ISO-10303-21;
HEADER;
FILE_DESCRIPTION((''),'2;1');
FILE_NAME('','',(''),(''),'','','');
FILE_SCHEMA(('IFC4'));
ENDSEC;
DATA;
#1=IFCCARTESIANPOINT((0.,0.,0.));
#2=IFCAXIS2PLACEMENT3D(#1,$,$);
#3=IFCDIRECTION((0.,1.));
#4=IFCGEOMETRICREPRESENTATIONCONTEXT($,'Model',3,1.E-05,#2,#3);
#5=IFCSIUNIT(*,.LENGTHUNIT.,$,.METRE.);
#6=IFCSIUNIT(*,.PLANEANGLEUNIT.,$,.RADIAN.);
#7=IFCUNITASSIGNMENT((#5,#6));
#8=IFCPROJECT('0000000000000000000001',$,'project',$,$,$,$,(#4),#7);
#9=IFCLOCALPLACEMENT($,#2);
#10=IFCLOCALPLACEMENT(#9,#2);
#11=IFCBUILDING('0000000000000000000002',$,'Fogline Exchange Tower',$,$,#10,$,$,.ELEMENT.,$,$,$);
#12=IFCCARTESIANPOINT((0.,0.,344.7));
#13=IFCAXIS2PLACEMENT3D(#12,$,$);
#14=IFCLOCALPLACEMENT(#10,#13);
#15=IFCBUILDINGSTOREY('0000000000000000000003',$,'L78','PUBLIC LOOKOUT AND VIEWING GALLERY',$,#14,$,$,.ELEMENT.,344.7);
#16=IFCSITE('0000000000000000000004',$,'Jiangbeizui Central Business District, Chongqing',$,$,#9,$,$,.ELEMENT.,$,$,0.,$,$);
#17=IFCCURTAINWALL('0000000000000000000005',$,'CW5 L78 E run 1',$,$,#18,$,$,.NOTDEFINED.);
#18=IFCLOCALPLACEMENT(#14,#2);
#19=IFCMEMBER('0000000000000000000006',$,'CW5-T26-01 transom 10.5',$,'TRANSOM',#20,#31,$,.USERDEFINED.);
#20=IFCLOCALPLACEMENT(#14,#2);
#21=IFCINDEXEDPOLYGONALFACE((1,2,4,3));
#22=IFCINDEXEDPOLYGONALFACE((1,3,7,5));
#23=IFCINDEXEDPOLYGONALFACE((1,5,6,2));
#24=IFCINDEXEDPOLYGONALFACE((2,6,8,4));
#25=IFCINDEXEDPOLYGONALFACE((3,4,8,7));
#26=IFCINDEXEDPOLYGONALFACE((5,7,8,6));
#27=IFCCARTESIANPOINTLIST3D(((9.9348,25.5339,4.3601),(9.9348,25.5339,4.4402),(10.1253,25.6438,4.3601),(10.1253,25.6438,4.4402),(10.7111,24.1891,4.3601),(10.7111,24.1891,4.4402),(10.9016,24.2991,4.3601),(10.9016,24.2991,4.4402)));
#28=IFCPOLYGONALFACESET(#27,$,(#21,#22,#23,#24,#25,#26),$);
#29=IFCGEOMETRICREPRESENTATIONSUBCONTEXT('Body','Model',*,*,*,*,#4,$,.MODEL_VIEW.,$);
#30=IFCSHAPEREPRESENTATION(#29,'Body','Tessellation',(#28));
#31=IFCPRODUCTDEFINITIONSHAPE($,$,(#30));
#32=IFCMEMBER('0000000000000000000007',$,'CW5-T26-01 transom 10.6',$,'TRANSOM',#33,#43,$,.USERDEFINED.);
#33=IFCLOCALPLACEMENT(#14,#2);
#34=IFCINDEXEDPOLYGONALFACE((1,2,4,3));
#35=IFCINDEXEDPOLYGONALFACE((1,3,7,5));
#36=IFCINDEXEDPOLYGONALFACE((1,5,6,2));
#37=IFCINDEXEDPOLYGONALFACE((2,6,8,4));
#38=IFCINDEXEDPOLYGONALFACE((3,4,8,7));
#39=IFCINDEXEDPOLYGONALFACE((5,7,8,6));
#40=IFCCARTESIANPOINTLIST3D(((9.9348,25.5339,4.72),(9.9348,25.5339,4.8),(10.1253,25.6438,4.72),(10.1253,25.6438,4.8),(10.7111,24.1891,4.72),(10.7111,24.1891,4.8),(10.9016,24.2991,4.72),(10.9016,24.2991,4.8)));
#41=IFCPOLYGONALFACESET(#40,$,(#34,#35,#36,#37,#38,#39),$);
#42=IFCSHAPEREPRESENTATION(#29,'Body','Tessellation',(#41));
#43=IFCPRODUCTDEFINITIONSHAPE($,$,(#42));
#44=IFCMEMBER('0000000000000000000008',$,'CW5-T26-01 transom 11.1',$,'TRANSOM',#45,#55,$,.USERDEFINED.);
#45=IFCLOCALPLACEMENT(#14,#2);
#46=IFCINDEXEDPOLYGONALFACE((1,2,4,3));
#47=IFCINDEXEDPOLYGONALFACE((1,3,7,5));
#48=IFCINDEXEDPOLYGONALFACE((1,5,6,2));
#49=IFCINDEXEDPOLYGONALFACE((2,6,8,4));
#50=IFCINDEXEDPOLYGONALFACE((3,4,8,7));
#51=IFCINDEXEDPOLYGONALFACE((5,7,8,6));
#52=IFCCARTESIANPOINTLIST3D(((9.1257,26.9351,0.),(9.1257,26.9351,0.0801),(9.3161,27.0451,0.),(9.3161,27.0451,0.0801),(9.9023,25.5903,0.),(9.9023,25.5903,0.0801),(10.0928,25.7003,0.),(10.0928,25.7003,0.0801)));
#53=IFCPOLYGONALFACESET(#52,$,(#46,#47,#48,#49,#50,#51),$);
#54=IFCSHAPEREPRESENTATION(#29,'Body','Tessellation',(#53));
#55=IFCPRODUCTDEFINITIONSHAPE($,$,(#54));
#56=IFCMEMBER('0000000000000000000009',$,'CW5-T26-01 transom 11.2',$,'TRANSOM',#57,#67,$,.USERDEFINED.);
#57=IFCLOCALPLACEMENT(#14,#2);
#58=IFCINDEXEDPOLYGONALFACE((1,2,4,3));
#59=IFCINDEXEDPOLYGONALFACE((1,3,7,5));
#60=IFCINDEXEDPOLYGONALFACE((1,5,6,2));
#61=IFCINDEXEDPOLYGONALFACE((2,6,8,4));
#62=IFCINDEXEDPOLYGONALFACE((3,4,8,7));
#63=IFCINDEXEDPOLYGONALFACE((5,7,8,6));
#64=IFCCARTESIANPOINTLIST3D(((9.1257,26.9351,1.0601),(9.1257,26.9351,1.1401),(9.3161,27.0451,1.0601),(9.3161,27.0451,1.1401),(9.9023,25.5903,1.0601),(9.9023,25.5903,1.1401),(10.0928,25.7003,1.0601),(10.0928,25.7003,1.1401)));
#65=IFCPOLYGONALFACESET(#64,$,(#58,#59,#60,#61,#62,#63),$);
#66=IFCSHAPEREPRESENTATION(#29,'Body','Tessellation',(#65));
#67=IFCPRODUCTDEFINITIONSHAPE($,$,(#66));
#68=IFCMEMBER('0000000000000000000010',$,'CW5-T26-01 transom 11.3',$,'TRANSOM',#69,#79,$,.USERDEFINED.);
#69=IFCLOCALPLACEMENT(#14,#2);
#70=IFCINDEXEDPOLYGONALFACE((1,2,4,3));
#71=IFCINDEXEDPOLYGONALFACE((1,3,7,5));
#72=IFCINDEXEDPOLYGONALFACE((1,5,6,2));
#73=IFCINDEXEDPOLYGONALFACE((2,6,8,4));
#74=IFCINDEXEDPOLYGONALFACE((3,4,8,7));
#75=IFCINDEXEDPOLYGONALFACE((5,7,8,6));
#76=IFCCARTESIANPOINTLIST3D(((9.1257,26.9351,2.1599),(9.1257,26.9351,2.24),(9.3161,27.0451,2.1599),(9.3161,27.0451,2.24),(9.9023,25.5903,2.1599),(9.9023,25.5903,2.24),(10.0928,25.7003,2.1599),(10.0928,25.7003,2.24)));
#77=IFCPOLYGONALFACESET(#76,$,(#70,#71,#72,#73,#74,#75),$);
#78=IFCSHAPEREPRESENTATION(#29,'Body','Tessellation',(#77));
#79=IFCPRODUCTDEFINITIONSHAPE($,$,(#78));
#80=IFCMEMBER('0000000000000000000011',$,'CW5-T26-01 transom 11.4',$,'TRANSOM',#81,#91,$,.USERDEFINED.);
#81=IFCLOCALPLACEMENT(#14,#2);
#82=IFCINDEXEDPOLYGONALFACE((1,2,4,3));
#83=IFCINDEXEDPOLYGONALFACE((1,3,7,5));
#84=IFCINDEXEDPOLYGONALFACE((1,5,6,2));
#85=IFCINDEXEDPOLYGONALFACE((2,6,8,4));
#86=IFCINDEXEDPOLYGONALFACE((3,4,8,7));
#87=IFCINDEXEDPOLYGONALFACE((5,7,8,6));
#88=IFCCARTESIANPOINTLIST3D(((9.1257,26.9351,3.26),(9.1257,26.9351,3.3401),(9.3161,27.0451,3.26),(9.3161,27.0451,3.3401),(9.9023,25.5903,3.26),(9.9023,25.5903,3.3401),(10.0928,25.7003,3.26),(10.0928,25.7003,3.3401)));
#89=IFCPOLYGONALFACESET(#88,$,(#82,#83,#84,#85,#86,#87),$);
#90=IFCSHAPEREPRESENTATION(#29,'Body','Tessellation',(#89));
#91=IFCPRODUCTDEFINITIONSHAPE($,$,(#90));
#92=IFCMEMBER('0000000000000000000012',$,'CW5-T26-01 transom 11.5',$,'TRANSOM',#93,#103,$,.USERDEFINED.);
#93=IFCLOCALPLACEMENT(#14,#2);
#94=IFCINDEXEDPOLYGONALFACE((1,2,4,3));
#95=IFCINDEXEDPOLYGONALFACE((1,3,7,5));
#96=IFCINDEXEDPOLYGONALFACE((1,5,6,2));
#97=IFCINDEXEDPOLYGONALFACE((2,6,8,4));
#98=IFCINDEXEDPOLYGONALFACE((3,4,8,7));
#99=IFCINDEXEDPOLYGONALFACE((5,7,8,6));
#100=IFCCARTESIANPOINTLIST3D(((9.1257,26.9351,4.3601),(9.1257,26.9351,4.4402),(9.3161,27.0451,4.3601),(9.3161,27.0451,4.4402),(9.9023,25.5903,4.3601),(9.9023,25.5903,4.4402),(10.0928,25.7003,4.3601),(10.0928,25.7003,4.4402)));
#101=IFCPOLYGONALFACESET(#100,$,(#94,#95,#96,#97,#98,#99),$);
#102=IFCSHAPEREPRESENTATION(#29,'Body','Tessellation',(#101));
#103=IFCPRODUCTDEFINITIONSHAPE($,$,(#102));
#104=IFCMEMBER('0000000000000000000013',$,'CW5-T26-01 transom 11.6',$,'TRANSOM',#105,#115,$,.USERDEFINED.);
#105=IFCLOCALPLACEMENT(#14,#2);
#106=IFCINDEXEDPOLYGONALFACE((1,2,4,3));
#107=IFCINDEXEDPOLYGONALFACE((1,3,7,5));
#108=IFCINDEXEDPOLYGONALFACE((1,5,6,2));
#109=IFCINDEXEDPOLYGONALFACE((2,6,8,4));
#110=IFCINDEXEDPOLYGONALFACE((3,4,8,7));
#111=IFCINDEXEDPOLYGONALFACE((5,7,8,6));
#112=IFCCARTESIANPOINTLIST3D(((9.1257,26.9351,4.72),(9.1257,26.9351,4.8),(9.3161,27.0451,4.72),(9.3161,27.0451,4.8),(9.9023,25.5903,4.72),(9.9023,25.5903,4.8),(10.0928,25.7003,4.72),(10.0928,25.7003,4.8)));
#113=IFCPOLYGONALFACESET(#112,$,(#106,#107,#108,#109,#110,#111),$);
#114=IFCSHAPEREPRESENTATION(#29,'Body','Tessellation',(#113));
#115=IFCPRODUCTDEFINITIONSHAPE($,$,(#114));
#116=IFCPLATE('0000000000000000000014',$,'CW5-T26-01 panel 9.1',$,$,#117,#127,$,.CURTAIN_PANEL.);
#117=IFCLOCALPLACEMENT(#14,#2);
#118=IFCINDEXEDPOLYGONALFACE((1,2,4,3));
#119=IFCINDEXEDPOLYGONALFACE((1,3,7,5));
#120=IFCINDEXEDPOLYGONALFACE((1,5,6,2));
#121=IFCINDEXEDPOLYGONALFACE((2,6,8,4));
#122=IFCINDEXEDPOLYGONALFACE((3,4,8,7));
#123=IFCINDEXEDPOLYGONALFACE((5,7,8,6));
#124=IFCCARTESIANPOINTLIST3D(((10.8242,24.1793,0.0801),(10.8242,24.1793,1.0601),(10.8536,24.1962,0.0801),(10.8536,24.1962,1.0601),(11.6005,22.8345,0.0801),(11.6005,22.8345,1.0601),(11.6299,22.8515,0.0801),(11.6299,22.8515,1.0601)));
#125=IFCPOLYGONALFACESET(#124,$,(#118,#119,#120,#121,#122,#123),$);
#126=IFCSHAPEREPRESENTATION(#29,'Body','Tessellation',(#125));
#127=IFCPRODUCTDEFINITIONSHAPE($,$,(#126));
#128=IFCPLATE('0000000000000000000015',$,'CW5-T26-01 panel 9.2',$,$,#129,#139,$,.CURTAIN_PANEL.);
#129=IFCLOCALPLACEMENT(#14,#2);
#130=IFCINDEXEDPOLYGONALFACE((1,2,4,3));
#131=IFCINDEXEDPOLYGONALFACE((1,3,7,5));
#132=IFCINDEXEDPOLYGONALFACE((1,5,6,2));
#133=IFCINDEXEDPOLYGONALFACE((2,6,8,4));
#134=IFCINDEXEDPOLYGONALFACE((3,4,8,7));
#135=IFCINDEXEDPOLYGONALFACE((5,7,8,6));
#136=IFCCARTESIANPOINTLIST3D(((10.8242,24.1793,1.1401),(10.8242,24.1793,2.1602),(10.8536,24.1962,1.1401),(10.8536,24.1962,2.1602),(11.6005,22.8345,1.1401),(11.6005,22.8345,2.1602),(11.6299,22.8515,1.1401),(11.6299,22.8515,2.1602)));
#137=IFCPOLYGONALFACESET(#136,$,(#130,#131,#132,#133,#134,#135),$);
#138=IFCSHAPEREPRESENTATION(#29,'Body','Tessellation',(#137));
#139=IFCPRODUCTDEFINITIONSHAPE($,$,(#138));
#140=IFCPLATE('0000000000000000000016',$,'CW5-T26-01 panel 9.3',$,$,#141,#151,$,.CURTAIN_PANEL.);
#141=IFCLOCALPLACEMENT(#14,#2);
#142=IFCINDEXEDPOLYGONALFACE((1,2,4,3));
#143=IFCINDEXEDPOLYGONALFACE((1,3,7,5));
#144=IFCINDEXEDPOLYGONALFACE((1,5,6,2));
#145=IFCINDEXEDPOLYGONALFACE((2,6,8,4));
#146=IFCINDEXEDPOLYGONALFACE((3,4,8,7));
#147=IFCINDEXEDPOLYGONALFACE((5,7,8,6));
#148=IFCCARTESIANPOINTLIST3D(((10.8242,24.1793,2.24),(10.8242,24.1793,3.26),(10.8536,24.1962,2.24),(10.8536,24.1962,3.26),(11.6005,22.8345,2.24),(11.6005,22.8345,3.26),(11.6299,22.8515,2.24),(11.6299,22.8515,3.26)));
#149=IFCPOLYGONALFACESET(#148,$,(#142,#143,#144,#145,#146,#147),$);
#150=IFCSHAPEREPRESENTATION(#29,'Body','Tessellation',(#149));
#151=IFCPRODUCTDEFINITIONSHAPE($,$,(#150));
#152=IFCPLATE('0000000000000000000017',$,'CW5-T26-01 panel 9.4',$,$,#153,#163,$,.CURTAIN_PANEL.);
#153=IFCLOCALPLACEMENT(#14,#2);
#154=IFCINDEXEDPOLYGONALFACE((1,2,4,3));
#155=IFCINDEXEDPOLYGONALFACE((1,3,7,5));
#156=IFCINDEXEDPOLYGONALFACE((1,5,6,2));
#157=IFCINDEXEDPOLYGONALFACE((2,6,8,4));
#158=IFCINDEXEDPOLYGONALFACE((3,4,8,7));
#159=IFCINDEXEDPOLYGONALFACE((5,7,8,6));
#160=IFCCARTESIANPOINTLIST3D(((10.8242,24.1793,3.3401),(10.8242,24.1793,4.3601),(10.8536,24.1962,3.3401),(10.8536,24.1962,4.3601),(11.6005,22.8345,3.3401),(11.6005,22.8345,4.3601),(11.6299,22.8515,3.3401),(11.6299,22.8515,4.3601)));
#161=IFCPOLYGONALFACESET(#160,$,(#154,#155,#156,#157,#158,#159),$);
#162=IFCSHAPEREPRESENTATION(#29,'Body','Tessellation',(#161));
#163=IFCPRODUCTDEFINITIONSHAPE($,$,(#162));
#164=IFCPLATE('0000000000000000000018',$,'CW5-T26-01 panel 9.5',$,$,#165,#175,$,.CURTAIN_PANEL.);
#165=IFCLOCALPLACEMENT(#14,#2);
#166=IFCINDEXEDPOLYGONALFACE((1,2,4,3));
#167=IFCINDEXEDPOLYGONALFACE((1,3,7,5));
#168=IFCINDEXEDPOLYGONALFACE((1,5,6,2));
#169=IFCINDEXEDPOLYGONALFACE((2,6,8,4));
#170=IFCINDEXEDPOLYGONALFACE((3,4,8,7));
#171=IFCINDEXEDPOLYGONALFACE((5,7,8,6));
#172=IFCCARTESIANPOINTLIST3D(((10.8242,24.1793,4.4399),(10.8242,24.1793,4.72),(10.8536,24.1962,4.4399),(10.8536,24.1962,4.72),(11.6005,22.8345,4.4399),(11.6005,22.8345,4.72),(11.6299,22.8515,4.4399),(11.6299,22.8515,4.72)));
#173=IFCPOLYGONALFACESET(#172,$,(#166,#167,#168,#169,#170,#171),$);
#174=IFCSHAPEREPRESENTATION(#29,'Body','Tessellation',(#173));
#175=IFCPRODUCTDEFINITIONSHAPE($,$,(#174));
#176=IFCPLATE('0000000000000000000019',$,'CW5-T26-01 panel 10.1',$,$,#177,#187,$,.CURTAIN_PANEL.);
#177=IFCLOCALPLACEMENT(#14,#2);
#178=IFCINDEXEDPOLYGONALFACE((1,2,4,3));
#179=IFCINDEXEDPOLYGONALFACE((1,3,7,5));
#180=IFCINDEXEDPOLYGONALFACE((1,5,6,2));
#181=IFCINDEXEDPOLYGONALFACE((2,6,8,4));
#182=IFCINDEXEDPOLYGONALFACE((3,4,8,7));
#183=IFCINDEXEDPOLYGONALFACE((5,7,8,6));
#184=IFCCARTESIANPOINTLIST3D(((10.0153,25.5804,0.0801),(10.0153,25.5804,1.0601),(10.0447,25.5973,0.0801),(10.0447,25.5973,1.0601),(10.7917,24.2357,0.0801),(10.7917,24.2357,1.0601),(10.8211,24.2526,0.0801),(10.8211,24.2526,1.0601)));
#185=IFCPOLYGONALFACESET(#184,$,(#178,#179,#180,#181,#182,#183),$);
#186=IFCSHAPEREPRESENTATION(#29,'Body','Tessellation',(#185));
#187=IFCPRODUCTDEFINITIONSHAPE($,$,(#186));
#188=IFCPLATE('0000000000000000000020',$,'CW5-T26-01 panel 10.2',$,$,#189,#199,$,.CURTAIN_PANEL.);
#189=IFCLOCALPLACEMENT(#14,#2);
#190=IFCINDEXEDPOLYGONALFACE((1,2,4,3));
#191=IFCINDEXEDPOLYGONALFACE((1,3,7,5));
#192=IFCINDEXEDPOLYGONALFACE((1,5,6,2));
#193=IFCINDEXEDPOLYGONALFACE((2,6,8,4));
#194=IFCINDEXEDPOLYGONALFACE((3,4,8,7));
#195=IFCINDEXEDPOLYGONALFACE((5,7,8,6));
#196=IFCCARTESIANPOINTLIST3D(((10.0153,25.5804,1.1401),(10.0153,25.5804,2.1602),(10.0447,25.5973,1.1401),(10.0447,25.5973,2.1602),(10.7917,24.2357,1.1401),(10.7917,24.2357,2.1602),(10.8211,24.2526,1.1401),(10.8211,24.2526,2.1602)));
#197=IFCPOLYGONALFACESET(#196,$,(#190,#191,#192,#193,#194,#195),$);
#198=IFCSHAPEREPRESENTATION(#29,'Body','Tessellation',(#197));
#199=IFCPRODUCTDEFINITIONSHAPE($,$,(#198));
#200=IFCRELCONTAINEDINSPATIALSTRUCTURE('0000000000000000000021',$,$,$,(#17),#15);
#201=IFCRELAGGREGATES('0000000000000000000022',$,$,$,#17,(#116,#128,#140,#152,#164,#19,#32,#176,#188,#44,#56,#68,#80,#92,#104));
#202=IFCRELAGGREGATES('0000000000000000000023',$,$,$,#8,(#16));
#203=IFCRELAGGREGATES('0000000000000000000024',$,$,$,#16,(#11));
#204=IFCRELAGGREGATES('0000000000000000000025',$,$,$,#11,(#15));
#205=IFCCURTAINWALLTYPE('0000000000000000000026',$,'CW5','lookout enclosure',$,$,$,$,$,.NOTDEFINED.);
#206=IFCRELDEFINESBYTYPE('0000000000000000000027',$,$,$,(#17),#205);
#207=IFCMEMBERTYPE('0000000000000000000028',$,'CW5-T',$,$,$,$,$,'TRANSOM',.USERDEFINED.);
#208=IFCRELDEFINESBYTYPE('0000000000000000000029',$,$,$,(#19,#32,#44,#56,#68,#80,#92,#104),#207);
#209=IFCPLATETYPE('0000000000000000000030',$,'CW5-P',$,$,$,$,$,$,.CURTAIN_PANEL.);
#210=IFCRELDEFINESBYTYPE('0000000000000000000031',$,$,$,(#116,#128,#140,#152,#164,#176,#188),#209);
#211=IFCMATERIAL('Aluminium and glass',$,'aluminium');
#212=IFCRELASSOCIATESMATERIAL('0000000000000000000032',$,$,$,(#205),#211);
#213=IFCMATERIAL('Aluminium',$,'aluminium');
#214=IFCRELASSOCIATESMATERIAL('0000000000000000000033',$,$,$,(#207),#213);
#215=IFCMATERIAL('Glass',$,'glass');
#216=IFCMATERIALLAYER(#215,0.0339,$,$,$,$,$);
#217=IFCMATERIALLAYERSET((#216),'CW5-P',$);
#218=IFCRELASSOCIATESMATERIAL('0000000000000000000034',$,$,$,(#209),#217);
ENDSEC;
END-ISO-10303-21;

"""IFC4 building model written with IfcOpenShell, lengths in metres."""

from ifc_helpers import new_model, si_unit, direction, frame, origin, origin_2d, place, context, subcontext, project, spatial, rectangle, extrude, material, layer, layer_set, material_profile, profile_set, type_object, element, aggregate, save


model = new_model("IFC4")

# Units and contexts
model_context = context("Model", 3, precision=1e-05, world=origin(), true_north=direction((0.0, 1.0)))
body_context = subcontext(model_context, "Body", "Model", "MODEL_VIEW")
ifc_project = project(units=[si_unit("LENGTHUNIT", "METRE"), si_unit("PLANEANGLEUNIT", "RADIAN")], contexts=[model_context])

# Site, building, storey
site_placement = place(None, origin())
site = spatial("IfcSite", under=ifc_project, at=site_placement, Name="Jiangbeizui Central Business District, Chongqing", CompositionType="ELEMENT", RefElevation=0.0)
building_placement = place(site_placement, origin())
building = spatial("IfcBuilding", under=site, at=building_placement, Name="Fogline Exchange Tower", CompositionType="ELEMENT")
storey_placement = place(building_placement, frame((0.0, 0.0, 344.7)))
storey = spatial("IfcBuildingStorey", under=building, at=storey_placement, Name="L78", Description="PUBLIC LOOKOUT AND VIEWING GALLERY", CompositionType="ELEMENT", Elevation=344.7)

# Curtain wall, members, plates
ifc_material_1 = material(Name="Aluminium and glass", Category="aluminium")
curtain_wall_type = type_object("IfcCurtainWallType", Name="CW5", Description="lookout enclosure", PredefinedType="NOTDEFINED", material=ifc_material_1)
curtain_wall_placement = place(storey_placement, origin())
curtain_wall = element("IfcCurtainWall", 1, at=curtain_wall_placement, inside=storey, type_object=curtain_wall_type, Name="CW5 L78 E run 1", PredefinedType="NOTDEFINED")
ifc_material_2 = material(Name="Aluminium", Category="aluminium")
ifc_material_profile_1 = material_profile(ifc_material_2, rectangle(XDim=0.22, YDim=0.0801, at=origin_2d()), Name="Transom 80x220")
ifc_profile_set_1 = profile_set([ifc_material_profile_1], Name="Aluminium")
member_type_1 = type_object("IfcMemberType", Name="CW5-T", ElementType="TRANSOM", PredefinedType="USERDEFINED", material=ifc_profile_set_1)
member_1_placement = place(storey_placement, frame((10.8064, 24.2441, 4.4001), z_axis=(-0.499995, 0.866028, 0.0), x_axis=(-0.866028, -0.499995, 0.0)))
member_1 = element("IfcMember", 2, at=member_1_placement, type_object=member_type_1, Name="CW5-T26-01 transom 10.5", ObjectType="TRANSOM", PredefinedType="USERDEFINED", context=body_context, shape_type="SweptSolid", body=[
    extrude(rectangle(XDim=0.22, YDim=0.0801, at=origin_2d()), origin(), (0.0, 0.0, 1.0), 1.5527),
])
member_2_placement = place(storey_placement, frame((10.8064, 24.2441, 4.76), z_axis=(-0.499995, 0.866028, 0.0), x_axis=(-0.866028, -0.499995, 0.0)))
member_2 = element("IfcMember", 3, at=member_2_placement, type_object=member_type_1, Name="CW5-T26-01 transom 10.6", ObjectType="TRANSOM", PredefinedType="USERDEFINED", context=body_context, shape_type="SweptSolid", body=[
    extrude(rectangle(XDim=0.22, YDim=0.0801, at=origin_2d()), origin(), (0.0, 0.0, 1.0), 1.5527),
])
member_3_placement = place(storey_placement, frame((9.9976, 25.6453, 0.04), z_axis=(-0.500113, 0.86596, 0.0), x_axis=(-0.86596, -0.500113, 0.0)))
member_3 = element("IfcMember", 4, at=member_3_placement, type_object=member_type_1, Name="CW5-T26-01 transom 11.1", ObjectType="TRANSOM", PredefinedType="USERDEFINED", context=body_context, shape_type="SweptSolid", body=[
    extrude(rectangle(XDim=0.22, YDim=0.0801, at=origin_2d()), origin(), (0.0, 0.0, 1.0), 1.553),
])
member_4_placement = place(storey_placement, frame((9.9976, 25.6453, 1.1001), z_axis=(-0.500113, 0.86596, 0.0), x_axis=(-0.86596, -0.500113, 0.0)))
member_4 = element("IfcMember", 5, at=member_4_placement, type_object=member_type_1, Name="CW5-T26-01 transom 11.2", ObjectType="TRANSOM", PredefinedType="USERDEFINED", context=body_context, shape_type="SweptSolid", body=[
    extrude(rectangle(XDim=0.22, YDim=0.0801, at=origin_2d()), origin(), (0.0, 0.0, 1.0), 1.553),
])
member_5_placement = place(storey_placement, frame((9.9976, 25.6453, 2.2), z_axis=(-0.500113, 0.86596, 0.0), x_axis=(-0.86596, -0.500113, 0.0)))
member_5 = element("IfcMember", 6, at=member_5_placement, type_object=member_type_1, Name="CW5-T26-01 transom 11.3", ObjectType="TRANSOM", PredefinedType="USERDEFINED", context=body_context, shape_type="SweptSolid", body=[
    extrude(rectangle(XDim=0.22, YDim=0.0801, at=origin_2d()), origin(), (0.0, 0.0, 1.0), 1.553),
])
member_6_placement = place(storey_placement, frame((9.9976, 25.6453, 3.3), z_axis=(-0.500113, 0.86596, 0.0), x_axis=(-0.86596, -0.500113, 0.0)))
member_6 = element("IfcMember", 7, at=member_6_placement, type_object=member_type_1, Name="CW5-T26-01 transom 11.4", ObjectType="TRANSOM", PredefinedType="USERDEFINED", context=body_context, shape_type="SweptSolid", body=[
    extrude(rectangle(XDim=0.22, YDim=0.0801, at=origin_2d()), origin(), (0.0, 0.0, 1.0), 1.553),
])
member_7_placement = place(storey_placement, frame((9.9976, 25.6453, 4.4001), z_axis=(-0.500113, 0.86596, 0.0), x_axis=(-0.86596, -0.500113, 0.0)))
member_7 = element("IfcMember", 8, at=member_7_placement, type_object=member_type_1, Name="CW5-T26-01 transom 11.5", ObjectType="TRANSOM", PredefinedType="USERDEFINED", context=body_context, shape_type="SweptSolid", body=[
    extrude(rectangle(XDim=0.22, YDim=0.0801, at=origin_2d()), origin(), (0.0, 0.0, 1.0), 1.553),
])
member_8_placement = place(storey_placement, frame((9.9976, 25.6453, 4.76), z_axis=(-0.500113, 0.86596, 0.0), x_axis=(-0.86596, -0.500113, 0.0)))
member_8 = element("IfcMember", 9, at=member_8_placement, type_object=member_type_1, Name="CW5-T26-01 transom 11.6", ObjectType="TRANSOM", PredefinedType="USERDEFINED", context=body_context, shape_type="SweptSolid", body=[
    extrude(rectangle(XDim=0.22, YDim=0.0801, at=origin_2d()), origin(), (0.0, 0.0, 1.0), 1.553),
])
ifc_material_3 = material(Name="Glass", Category="glass")
ifc_layer_1 = layer(ifc_material_3, 0.0339)
ifc_layer_set_1 = layer_set([ifc_layer_1], Name="CW5-P")
plate_type = type_object("IfcPlateType", Name="CW5-P", PredefinedType="CURTAIN_PANEL", material=ifc_layer_set_1)
plate_1_placement = place(storey_placement, frame((11.2271, 23.5154, 0.0801), z_axis=(0.0, 0.0, 1.0), x_axis=(-0.5, 0.866025, 0.0)))
plate_1 = element("IfcPlate", 10, at=plate_1_placement, type_object=plate_type, Name="CW5-T26-01 panel 9.1", PredefinedType="CURTAIN_PANEL", context=body_context, shape_type="SweptSolid", body=[
    extrude(rectangle(XDim=1.5527, YDim=0.0339, at=origin_2d()), origin(), (0.0, 0.0, 1.0), 0.98),
])
plate_2_placement = place(storey_placement, frame((11.2271, 23.5154, 1.1401), z_axis=(0.0, 0.0, 1.0), x_axis=(-0.5, 0.866025, 0.0)))
plate_2 = element("IfcPlate", 11, at=plate_2_placement, type_object=plate_type, Name="CW5-T26-01 panel 9.2", PredefinedType="CURTAIN_PANEL", context=body_context, shape_type="SweptSolid", body=[
    extrude(rectangle(XDim=1.5527, YDim=0.0339, at=origin_2d()), origin(), (0.0, 0.0, 1.0), 1.02),
])
plate_3_placement = place(storey_placement, frame((11.2271, 23.5154, 2.24), z_axis=(0.0, 0.0, 1.0), x_axis=(-0.5, 0.866025, 0.0)))
plate_3 = element("IfcPlate", 12, at=plate_3_placement, type_object=plate_type, Name="CW5-T26-01 panel 9.3", PredefinedType="CURTAIN_PANEL", context=body_context, shape_type="SweptSolid", body=[
    extrude(rectangle(XDim=1.5527, YDim=0.0339, at=origin_2d()), origin(), (0.0, 0.0, 1.0), 1.02),
])
plate_4_placement = place(storey_placement, frame((11.2271, 23.5154, 3.3401), z_axis=(0.0, 0.0, 1.0), x_axis=(-0.5, 0.866025, 0.0)))
plate_4 = element("IfcPlate", 13, at=plate_4_placement, type_object=plate_type, Name="CW5-T26-01 panel 9.4", PredefinedType="CURTAIN_PANEL", context=body_context, shape_type="SweptSolid", body=[
    extrude(rectangle(XDim=1.5527, YDim=0.0339, at=origin_2d()), origin(), (0.0, 0.0, 1.0), 1.02),
])
plate_5_placement = place(storey_placement, frame((11.2271, 23.5154, 4.4399), z_axis=(0.0, 0.0, 1.0), x_axis=(-0.5, 0.866025, 0.0)))
plate_5 = element("IfcPlate", 14, at=plate_5_placement, type_object=plate_type, Name="CW5-T26-01 panel 9.5", PredefinedType="CURTAIN_PANEL", context=body_context, shape_type="SweptSolid", body=[
    extrude(rectangle(XDim=1.5527, YDim=0.0339, at=origin_2d()), origin(), (0.0, 0.0, 1.0), 0.28),
])
plate_6_placement = place(storey_placement, frame((10.4182, 24.9165, 0.0801), z_axis=(0.0, 0.0, 1.0), x_axis=(-0.5, 0.866025, 0.0)))
plate_6 = element("IfcPlate", 15, at=plate_6_placement, type_object=plate_type, Name="CW5-T26-01 panel 10.1", PredefinedType="CURTAIN_PANEL", context=body_context, shape_type="SweptSolid", body=[
    extrude(rectangle(XDim=1.5527, YDim=0.0339, at=origin_2d()), origin(), (0.0, 0.0, 1.0), 0.98),
])
plate_7_placement = place(storey_placement, frame((10.4182, 24.9165, 1.1401), z_axis=(0.0, 0.0, 1.0), x_axis=(-0.5, 0.866025, 0.0)))
plate_7 = element("IfcPlate", 16, at=plate_7_placement, type_object=plate_type, Name="CW5-T26-01 panel 10.2", PredefinedType="CURTAIN_PANEL", context=body_context, shape_type="SweptSolid", body=[
    extrude(rectangle(XDim=1.5527, YDim=0.0339, at=origin_2d()), origin(), (0.0, 0.0, 1.0), 1.02),
])
aggregate(curtain_wall, [plate_1, plate_2, plate_3, plate_4, plate_5, member_1, member_2, plate_6, plate_7, member_3, member_4, member_5, member_6, member_7, member_8])

save(model, "model.ifc")
